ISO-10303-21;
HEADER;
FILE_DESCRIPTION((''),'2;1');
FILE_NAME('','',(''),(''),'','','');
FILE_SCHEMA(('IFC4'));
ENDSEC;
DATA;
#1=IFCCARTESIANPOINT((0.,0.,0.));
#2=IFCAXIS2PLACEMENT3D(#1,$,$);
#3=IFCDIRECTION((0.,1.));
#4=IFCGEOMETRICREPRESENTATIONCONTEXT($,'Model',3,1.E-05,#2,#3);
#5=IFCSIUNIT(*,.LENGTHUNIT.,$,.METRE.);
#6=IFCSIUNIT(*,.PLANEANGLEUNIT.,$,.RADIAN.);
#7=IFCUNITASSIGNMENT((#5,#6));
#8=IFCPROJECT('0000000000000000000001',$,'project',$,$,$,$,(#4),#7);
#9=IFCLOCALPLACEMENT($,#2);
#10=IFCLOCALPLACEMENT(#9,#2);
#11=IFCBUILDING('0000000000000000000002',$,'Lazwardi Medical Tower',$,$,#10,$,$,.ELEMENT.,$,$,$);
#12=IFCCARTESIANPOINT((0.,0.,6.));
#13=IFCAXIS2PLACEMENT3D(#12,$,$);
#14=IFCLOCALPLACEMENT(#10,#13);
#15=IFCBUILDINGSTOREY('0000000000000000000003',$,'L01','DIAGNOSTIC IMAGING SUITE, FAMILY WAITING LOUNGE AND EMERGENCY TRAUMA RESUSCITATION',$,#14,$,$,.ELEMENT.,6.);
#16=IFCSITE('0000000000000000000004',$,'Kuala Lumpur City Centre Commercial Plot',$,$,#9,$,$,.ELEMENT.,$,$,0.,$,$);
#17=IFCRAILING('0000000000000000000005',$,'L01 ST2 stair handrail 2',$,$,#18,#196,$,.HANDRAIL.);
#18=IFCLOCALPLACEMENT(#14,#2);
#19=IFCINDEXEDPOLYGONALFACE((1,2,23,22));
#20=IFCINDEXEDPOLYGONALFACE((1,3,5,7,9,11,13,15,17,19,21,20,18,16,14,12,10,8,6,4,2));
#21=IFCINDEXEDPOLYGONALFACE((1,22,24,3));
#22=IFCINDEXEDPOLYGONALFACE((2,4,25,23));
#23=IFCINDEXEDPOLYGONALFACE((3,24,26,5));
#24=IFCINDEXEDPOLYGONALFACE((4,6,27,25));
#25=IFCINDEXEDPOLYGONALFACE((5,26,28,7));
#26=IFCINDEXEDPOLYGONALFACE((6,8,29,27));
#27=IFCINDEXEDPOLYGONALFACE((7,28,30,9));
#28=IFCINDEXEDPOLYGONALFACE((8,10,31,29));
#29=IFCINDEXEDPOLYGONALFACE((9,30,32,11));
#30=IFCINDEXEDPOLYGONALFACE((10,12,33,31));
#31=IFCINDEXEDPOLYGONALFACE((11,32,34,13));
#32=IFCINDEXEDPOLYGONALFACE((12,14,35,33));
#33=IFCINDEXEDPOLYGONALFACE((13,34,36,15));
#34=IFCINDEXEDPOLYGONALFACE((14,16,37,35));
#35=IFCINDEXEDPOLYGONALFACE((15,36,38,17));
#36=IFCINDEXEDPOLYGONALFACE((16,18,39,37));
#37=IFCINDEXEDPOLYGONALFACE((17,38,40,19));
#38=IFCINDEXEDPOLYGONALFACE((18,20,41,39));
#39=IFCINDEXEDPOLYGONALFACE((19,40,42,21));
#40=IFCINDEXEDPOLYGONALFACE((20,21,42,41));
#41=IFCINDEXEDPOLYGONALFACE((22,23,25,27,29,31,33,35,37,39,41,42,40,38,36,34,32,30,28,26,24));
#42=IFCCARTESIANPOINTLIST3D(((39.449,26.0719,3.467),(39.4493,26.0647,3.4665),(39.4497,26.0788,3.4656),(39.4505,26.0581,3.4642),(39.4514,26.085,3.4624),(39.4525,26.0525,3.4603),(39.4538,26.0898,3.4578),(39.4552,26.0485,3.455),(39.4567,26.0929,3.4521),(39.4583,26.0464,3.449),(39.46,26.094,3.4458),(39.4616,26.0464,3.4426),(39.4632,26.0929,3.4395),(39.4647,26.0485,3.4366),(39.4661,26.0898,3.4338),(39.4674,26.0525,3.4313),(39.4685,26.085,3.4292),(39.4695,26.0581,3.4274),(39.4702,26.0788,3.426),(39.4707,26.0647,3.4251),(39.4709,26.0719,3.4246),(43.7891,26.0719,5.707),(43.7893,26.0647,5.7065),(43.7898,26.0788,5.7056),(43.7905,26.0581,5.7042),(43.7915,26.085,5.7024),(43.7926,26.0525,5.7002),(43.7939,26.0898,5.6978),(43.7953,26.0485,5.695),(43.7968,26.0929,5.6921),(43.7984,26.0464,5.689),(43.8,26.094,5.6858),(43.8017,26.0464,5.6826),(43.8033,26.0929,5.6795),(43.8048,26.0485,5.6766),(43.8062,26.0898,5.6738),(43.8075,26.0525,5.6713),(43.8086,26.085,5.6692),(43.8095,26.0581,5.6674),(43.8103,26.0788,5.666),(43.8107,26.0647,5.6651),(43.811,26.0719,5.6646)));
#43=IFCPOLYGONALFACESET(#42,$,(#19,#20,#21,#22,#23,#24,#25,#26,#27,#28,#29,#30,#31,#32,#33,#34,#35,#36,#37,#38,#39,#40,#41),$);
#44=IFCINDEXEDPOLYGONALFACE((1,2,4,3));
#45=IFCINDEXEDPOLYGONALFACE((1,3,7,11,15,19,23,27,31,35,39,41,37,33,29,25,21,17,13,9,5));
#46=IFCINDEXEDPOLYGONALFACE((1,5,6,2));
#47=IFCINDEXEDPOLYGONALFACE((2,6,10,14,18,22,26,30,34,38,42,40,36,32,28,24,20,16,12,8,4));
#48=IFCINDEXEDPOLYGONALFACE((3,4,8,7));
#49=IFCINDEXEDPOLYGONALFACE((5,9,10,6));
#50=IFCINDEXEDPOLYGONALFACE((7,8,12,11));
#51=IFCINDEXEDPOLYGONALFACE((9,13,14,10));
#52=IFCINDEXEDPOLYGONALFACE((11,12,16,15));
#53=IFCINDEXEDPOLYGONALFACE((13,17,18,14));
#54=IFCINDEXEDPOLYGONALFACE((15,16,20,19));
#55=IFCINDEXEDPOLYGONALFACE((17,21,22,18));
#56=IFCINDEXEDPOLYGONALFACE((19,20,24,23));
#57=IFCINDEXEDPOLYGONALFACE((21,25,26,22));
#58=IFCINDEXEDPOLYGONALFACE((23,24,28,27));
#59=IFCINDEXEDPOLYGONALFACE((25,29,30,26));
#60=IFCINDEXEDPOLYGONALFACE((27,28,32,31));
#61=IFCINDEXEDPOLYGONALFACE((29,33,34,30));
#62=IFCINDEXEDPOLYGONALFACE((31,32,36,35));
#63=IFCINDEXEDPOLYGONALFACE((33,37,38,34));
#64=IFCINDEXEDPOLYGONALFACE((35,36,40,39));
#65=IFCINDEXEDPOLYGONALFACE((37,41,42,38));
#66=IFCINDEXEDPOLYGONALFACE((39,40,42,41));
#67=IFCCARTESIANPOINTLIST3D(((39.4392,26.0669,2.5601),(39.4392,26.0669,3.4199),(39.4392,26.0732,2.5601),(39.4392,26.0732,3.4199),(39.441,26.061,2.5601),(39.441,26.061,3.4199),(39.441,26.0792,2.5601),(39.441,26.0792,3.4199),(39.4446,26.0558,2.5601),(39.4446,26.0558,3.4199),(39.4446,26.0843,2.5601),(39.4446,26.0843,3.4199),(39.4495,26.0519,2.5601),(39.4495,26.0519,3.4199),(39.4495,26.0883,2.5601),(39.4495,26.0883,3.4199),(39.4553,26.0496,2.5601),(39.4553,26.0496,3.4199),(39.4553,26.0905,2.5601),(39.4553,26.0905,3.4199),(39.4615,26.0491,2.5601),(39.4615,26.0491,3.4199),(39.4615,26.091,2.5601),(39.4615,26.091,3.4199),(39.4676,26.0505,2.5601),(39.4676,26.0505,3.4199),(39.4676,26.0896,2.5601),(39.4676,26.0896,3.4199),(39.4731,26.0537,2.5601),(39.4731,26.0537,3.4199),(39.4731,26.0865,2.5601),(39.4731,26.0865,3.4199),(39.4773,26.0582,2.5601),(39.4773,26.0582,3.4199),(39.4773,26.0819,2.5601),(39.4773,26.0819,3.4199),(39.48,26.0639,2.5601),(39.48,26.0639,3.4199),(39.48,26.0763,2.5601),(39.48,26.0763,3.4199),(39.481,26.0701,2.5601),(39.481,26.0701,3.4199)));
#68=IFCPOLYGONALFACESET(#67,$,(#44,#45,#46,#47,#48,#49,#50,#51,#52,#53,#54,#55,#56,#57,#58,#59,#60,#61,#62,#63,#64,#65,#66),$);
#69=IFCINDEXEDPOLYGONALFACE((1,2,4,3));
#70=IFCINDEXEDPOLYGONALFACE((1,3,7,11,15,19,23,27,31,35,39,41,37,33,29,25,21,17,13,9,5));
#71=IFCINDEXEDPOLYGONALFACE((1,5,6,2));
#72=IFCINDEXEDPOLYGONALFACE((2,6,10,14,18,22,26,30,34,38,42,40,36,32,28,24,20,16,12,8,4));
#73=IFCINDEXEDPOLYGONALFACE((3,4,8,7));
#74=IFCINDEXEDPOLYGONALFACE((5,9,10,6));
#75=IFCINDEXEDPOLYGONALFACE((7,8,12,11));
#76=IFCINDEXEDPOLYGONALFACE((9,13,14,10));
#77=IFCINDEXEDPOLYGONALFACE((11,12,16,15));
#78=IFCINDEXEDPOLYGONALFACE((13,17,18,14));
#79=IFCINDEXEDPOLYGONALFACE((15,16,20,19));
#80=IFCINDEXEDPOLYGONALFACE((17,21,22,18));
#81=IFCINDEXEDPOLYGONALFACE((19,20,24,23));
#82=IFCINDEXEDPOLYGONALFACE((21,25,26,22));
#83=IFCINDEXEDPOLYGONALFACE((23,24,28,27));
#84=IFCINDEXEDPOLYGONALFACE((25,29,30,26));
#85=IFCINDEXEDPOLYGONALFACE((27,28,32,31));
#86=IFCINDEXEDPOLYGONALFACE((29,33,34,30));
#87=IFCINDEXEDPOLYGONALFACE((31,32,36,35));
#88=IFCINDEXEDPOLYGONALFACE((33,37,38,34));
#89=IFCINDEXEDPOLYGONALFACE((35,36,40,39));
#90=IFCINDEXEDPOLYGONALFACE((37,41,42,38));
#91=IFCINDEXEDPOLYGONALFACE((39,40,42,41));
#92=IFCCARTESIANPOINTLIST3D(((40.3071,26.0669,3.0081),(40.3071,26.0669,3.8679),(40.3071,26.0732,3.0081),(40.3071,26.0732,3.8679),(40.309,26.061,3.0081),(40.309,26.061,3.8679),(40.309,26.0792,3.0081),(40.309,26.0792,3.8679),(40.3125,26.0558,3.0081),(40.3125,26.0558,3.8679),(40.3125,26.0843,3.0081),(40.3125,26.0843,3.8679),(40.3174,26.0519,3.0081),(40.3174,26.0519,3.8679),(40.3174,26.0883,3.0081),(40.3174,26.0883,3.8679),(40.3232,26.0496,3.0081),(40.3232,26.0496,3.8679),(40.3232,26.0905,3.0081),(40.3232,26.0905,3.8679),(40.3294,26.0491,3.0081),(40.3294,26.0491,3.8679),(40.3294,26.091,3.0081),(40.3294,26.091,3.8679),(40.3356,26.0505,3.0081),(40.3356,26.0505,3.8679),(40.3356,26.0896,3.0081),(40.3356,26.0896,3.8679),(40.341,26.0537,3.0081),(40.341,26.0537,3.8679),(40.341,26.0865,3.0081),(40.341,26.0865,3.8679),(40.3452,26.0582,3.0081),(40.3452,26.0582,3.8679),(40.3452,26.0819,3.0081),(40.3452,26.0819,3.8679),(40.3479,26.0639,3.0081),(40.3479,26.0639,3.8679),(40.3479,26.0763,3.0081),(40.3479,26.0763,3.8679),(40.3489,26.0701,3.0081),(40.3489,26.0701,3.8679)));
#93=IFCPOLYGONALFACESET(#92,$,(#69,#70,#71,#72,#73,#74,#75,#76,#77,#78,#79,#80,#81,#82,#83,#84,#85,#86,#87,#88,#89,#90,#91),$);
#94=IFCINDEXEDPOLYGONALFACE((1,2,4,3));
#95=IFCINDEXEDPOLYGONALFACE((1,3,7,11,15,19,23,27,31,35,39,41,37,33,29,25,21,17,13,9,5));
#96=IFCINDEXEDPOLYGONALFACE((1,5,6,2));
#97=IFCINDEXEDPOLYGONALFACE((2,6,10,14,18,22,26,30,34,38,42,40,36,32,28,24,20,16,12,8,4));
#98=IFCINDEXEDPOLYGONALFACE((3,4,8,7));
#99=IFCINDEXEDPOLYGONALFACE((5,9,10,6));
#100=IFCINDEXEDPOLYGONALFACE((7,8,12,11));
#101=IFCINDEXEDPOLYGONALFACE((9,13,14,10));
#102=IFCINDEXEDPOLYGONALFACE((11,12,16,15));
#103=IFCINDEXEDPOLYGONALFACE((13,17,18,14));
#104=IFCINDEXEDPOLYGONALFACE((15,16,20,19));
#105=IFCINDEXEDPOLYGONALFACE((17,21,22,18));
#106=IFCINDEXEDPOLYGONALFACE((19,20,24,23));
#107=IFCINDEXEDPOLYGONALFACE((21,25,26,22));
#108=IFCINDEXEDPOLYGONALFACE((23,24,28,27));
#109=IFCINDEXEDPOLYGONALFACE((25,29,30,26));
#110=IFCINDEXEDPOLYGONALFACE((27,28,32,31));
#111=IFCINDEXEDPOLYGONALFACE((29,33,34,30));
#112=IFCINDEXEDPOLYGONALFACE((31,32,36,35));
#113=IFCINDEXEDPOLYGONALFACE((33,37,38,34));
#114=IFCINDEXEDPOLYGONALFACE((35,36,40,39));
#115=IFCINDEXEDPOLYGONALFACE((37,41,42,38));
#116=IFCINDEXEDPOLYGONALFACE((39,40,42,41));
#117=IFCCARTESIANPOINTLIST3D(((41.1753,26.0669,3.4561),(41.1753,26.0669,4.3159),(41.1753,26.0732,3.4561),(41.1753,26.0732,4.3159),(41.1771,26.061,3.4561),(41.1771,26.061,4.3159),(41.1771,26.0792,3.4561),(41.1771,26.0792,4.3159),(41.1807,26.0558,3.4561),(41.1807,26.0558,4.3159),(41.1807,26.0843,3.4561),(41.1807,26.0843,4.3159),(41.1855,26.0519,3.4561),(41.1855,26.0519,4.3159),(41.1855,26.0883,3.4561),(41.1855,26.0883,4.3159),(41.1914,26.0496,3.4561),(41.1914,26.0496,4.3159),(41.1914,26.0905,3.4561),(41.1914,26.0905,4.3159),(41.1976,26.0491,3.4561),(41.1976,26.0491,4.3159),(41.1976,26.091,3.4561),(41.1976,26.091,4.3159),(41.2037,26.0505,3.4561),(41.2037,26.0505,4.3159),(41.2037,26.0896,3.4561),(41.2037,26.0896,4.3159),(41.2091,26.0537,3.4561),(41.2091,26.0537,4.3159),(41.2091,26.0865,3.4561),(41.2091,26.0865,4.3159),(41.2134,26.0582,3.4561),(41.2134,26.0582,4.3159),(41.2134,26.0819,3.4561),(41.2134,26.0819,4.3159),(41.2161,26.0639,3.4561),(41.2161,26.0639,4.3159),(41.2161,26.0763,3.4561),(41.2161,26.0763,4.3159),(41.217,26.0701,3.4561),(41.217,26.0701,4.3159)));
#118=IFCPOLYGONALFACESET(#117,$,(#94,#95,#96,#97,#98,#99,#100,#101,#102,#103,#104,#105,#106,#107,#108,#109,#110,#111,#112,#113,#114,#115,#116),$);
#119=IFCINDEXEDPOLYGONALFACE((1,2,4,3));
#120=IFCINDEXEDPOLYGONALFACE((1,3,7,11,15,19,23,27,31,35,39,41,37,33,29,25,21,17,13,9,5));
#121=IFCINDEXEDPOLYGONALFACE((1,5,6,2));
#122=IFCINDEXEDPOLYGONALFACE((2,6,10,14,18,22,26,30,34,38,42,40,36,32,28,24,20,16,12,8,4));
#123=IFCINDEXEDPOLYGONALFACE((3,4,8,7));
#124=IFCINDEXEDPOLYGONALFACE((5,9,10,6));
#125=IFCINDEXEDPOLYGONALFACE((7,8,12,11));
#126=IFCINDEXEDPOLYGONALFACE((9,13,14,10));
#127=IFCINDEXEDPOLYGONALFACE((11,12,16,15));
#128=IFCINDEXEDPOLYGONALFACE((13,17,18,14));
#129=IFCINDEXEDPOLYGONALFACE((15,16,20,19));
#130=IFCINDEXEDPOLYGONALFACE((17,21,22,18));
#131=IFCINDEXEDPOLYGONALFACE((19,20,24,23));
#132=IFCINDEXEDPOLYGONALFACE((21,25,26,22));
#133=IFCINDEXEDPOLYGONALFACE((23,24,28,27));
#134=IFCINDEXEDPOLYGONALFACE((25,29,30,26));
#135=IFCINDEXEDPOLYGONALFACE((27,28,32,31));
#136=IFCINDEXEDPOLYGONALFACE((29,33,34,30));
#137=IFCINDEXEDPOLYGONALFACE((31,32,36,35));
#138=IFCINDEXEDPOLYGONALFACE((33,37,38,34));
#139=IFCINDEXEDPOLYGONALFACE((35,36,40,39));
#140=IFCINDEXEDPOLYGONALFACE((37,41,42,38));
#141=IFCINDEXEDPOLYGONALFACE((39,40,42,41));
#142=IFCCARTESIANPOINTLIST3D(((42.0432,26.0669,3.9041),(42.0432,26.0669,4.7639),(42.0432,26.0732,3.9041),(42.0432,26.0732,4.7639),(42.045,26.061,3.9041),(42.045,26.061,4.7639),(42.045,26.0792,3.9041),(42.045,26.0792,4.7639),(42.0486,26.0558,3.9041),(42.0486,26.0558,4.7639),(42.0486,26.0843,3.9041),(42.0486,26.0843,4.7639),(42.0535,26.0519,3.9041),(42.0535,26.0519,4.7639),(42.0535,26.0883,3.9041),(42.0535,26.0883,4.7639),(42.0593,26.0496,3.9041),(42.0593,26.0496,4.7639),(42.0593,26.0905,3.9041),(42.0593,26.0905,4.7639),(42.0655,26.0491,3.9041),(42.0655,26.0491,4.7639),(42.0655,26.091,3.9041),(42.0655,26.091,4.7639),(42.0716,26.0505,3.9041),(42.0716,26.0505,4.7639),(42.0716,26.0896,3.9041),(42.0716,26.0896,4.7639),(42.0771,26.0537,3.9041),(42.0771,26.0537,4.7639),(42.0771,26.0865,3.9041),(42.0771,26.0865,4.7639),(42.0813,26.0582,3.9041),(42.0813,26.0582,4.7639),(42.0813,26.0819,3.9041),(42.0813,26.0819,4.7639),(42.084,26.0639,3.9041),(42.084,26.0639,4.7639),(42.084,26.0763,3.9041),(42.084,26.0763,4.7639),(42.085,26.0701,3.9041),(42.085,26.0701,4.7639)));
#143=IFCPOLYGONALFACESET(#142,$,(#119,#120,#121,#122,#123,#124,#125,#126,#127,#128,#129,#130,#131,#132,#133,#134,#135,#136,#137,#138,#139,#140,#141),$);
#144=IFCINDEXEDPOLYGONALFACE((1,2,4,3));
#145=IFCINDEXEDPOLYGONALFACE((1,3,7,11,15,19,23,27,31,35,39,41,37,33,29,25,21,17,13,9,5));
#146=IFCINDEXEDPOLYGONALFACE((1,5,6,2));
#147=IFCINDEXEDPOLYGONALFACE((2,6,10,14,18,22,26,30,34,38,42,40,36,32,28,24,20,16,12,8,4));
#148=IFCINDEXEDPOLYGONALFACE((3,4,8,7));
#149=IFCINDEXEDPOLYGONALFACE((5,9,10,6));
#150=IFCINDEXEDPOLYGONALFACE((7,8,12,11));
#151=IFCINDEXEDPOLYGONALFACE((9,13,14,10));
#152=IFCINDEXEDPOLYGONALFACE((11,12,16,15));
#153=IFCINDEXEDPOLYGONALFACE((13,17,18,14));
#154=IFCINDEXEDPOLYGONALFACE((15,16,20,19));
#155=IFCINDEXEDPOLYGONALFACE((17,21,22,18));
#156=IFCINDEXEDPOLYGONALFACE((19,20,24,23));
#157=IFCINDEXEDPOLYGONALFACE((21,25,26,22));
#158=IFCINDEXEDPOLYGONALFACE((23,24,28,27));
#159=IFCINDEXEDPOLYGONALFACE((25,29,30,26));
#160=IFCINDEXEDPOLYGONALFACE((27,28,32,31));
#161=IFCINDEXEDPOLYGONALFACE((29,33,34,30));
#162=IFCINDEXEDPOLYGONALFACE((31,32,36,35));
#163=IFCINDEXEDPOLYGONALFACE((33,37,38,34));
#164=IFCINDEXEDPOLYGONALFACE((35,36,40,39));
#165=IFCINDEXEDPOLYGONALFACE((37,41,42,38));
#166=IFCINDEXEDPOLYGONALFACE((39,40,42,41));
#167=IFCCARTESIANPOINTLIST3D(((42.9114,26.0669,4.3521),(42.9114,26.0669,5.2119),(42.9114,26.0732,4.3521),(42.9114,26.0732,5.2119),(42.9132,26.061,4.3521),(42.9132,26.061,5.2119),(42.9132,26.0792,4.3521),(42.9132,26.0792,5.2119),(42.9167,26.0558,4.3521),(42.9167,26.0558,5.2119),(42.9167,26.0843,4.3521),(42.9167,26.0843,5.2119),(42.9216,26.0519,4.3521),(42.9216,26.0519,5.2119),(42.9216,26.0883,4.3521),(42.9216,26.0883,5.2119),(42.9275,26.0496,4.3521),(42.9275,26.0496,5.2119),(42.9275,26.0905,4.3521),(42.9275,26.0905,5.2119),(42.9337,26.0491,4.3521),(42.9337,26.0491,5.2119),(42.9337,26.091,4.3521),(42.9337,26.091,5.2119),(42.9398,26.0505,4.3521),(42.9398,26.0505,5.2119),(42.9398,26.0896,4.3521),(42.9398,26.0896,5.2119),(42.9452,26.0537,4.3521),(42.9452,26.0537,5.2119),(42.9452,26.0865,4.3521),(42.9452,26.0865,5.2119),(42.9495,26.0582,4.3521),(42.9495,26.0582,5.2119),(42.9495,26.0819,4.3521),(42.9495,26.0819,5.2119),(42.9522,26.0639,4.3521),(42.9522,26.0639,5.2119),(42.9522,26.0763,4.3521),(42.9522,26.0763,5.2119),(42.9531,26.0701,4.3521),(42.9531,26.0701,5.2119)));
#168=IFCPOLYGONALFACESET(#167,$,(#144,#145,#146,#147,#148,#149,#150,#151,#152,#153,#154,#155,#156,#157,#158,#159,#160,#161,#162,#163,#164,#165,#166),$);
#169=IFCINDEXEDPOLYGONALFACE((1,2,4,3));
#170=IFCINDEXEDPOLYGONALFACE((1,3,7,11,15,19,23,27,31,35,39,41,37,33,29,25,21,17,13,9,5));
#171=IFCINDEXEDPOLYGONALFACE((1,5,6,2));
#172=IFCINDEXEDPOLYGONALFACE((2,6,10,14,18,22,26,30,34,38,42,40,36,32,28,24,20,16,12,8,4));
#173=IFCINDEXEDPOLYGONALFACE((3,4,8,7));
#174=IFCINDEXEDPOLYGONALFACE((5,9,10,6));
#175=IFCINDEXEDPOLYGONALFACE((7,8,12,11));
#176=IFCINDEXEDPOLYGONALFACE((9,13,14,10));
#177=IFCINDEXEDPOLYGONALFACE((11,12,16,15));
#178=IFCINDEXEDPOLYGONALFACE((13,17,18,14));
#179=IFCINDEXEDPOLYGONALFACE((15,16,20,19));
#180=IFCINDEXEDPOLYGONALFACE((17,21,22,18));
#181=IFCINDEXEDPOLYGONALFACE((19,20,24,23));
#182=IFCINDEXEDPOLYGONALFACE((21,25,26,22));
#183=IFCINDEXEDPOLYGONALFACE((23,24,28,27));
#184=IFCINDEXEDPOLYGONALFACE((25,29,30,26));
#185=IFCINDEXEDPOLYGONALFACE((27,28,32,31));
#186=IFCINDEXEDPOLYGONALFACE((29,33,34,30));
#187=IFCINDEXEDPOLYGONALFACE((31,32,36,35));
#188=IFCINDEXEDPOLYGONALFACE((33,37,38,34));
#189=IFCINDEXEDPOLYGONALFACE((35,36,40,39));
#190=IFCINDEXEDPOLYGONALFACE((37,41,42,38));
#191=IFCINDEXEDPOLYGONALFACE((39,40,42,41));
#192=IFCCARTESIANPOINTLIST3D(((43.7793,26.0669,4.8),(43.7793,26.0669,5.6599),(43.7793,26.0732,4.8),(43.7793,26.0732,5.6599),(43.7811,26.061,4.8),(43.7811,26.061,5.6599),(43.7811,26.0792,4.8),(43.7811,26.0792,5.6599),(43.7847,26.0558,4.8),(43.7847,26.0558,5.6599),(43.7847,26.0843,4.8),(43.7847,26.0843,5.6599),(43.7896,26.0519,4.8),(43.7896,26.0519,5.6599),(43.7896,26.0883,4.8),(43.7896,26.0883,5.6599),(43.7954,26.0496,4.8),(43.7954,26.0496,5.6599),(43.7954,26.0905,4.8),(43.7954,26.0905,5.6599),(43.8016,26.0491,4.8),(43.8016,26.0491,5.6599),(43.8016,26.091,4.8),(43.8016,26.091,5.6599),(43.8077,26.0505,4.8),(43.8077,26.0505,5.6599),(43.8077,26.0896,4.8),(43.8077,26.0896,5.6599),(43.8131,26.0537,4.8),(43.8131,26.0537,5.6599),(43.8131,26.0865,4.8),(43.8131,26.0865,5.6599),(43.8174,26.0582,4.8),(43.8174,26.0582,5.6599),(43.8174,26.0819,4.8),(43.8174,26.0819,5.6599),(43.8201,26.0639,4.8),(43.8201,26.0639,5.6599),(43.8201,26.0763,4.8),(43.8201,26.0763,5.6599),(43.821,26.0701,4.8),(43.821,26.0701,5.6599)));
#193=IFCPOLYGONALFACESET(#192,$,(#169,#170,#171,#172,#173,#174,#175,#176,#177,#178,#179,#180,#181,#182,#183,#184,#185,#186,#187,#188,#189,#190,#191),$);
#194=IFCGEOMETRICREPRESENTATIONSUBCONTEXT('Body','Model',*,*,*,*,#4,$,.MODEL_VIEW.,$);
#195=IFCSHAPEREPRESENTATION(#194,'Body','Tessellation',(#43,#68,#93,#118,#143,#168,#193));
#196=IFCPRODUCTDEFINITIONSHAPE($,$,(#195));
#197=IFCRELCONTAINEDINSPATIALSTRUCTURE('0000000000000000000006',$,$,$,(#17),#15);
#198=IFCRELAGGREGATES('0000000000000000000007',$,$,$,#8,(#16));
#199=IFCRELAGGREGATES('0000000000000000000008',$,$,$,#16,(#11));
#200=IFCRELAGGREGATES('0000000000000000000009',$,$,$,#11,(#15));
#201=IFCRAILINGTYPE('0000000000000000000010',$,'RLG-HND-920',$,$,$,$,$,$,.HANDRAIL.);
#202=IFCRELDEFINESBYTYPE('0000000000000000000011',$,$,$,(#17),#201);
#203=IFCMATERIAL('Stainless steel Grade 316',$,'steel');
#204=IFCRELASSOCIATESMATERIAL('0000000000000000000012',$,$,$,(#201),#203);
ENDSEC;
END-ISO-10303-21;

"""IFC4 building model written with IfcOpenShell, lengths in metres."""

from ifc_helpers import new_model, si_unit, direction, frame, origin, origin_2d, place, context, subcontext, project, spatial, circle, extrude, material, type_object, element, save


model = new_model("IFC4")

# Units and contexts
model_context = context("Model", 3, precision=1e-05, world=origin(), true_north=direction((0.0, 1.0)))
body_context = subcontext(model_context, "Body", "Model", "MODEL_VIEW")
ifc_project = project(units=[si_unit("LENGTHUNIT", "METRE"), si_unit("PLANEANGLEUNIT", "RADIAN")], contexts=[model_context])

# Site, building, storey
site_placement = place(None, origin())
site = spatial("IfcSite", under=ifc_project, at=site_placement, Name="Kuala Lumpur City Centre Commercial Plot", CompositionType="ELEMENT", RefElevation=0.0)
building_placement = place(site_placement, origin())
building = spatial("IfcBuilding", under=site, at=building_placement, Name="Lazwardi Medical Tower", CompositionType="ELEMENT")
storey_placement = place(building_placement, frame((0.0, 0.0, 6.0)))
storey = spatial("IfcBuildingStorey", under=building, at=storey_placement, Name="L01", Description="DIAGNOSTIC IMAGING SUITE, FAMILY WAITING LOUNGE AND EMERGENCY TRAUMA RESUSCITATION", CompositionType="ELEMENT", Elevation=6.0)

# Railing
ifc_material_1 = material(Name="Stainless steel Grade 316", Category="steel")
railing_type_1 = type_object("IfcRailingType", Name="RLG-HND-920", PredefinedType="HANDRAIL", material=ifc_material_1)
railing_1_placement = place(storey_placement, frame((39.46, 26.0701, 2.5601)))
element("IfcRailing", 1, at=railing_1_placement, inside=storey, type_object=railing_type_1, Name="L01 ST2 stair handrail 2", PredefinedType="HANDRAIL", context=body_context, shape_type="SweptSolid", body=[
    extrude(circle(Radius=0.0239, at=origin_2d()), frame((0.0, 0.0, 0.8857), z_axis=(0.888625, 0.0, 0.458634), x_axis=(0.0, 1.0, 0.0)), (0.0, 0.0, 1.0), 4.884),
    extrude(circle(Radius=0.021, at=origin_2d()), origin(), (0.0, 0.0, 1.0), 0.8599),
    extrude(circle(Radius=0.021, at=origin_2d()), frame((0.8679, 0.0, 0.448)), (0.0, 0.0, 1.0), 0.8599),
    extrude(circle(Radius=0.021, at=origin_2d()), frame((1.7361, 0.0, 0.896)), (0.0, 0.0, 1.0), 0.8599),
    extrude(circle(Radius=0.021, at=origin_2d()), frame((2.604, 0.0, 1.344)), (0.0, 0.0, 1.0), 0.8599),
    extrude(circle(Radius=0.021, at=origin_2d()), frame((3.4722, 0.0, 1.792)), (0.0, 0.0, 1.0), 0.8599),
    extrude(circle(Radius=0.021, at=origin_2d()), frame((4.3401, 0.0, 2.24)), (0.0, 0.0, 1.0), 0.8599),
])

save(model, "model.ifc")
